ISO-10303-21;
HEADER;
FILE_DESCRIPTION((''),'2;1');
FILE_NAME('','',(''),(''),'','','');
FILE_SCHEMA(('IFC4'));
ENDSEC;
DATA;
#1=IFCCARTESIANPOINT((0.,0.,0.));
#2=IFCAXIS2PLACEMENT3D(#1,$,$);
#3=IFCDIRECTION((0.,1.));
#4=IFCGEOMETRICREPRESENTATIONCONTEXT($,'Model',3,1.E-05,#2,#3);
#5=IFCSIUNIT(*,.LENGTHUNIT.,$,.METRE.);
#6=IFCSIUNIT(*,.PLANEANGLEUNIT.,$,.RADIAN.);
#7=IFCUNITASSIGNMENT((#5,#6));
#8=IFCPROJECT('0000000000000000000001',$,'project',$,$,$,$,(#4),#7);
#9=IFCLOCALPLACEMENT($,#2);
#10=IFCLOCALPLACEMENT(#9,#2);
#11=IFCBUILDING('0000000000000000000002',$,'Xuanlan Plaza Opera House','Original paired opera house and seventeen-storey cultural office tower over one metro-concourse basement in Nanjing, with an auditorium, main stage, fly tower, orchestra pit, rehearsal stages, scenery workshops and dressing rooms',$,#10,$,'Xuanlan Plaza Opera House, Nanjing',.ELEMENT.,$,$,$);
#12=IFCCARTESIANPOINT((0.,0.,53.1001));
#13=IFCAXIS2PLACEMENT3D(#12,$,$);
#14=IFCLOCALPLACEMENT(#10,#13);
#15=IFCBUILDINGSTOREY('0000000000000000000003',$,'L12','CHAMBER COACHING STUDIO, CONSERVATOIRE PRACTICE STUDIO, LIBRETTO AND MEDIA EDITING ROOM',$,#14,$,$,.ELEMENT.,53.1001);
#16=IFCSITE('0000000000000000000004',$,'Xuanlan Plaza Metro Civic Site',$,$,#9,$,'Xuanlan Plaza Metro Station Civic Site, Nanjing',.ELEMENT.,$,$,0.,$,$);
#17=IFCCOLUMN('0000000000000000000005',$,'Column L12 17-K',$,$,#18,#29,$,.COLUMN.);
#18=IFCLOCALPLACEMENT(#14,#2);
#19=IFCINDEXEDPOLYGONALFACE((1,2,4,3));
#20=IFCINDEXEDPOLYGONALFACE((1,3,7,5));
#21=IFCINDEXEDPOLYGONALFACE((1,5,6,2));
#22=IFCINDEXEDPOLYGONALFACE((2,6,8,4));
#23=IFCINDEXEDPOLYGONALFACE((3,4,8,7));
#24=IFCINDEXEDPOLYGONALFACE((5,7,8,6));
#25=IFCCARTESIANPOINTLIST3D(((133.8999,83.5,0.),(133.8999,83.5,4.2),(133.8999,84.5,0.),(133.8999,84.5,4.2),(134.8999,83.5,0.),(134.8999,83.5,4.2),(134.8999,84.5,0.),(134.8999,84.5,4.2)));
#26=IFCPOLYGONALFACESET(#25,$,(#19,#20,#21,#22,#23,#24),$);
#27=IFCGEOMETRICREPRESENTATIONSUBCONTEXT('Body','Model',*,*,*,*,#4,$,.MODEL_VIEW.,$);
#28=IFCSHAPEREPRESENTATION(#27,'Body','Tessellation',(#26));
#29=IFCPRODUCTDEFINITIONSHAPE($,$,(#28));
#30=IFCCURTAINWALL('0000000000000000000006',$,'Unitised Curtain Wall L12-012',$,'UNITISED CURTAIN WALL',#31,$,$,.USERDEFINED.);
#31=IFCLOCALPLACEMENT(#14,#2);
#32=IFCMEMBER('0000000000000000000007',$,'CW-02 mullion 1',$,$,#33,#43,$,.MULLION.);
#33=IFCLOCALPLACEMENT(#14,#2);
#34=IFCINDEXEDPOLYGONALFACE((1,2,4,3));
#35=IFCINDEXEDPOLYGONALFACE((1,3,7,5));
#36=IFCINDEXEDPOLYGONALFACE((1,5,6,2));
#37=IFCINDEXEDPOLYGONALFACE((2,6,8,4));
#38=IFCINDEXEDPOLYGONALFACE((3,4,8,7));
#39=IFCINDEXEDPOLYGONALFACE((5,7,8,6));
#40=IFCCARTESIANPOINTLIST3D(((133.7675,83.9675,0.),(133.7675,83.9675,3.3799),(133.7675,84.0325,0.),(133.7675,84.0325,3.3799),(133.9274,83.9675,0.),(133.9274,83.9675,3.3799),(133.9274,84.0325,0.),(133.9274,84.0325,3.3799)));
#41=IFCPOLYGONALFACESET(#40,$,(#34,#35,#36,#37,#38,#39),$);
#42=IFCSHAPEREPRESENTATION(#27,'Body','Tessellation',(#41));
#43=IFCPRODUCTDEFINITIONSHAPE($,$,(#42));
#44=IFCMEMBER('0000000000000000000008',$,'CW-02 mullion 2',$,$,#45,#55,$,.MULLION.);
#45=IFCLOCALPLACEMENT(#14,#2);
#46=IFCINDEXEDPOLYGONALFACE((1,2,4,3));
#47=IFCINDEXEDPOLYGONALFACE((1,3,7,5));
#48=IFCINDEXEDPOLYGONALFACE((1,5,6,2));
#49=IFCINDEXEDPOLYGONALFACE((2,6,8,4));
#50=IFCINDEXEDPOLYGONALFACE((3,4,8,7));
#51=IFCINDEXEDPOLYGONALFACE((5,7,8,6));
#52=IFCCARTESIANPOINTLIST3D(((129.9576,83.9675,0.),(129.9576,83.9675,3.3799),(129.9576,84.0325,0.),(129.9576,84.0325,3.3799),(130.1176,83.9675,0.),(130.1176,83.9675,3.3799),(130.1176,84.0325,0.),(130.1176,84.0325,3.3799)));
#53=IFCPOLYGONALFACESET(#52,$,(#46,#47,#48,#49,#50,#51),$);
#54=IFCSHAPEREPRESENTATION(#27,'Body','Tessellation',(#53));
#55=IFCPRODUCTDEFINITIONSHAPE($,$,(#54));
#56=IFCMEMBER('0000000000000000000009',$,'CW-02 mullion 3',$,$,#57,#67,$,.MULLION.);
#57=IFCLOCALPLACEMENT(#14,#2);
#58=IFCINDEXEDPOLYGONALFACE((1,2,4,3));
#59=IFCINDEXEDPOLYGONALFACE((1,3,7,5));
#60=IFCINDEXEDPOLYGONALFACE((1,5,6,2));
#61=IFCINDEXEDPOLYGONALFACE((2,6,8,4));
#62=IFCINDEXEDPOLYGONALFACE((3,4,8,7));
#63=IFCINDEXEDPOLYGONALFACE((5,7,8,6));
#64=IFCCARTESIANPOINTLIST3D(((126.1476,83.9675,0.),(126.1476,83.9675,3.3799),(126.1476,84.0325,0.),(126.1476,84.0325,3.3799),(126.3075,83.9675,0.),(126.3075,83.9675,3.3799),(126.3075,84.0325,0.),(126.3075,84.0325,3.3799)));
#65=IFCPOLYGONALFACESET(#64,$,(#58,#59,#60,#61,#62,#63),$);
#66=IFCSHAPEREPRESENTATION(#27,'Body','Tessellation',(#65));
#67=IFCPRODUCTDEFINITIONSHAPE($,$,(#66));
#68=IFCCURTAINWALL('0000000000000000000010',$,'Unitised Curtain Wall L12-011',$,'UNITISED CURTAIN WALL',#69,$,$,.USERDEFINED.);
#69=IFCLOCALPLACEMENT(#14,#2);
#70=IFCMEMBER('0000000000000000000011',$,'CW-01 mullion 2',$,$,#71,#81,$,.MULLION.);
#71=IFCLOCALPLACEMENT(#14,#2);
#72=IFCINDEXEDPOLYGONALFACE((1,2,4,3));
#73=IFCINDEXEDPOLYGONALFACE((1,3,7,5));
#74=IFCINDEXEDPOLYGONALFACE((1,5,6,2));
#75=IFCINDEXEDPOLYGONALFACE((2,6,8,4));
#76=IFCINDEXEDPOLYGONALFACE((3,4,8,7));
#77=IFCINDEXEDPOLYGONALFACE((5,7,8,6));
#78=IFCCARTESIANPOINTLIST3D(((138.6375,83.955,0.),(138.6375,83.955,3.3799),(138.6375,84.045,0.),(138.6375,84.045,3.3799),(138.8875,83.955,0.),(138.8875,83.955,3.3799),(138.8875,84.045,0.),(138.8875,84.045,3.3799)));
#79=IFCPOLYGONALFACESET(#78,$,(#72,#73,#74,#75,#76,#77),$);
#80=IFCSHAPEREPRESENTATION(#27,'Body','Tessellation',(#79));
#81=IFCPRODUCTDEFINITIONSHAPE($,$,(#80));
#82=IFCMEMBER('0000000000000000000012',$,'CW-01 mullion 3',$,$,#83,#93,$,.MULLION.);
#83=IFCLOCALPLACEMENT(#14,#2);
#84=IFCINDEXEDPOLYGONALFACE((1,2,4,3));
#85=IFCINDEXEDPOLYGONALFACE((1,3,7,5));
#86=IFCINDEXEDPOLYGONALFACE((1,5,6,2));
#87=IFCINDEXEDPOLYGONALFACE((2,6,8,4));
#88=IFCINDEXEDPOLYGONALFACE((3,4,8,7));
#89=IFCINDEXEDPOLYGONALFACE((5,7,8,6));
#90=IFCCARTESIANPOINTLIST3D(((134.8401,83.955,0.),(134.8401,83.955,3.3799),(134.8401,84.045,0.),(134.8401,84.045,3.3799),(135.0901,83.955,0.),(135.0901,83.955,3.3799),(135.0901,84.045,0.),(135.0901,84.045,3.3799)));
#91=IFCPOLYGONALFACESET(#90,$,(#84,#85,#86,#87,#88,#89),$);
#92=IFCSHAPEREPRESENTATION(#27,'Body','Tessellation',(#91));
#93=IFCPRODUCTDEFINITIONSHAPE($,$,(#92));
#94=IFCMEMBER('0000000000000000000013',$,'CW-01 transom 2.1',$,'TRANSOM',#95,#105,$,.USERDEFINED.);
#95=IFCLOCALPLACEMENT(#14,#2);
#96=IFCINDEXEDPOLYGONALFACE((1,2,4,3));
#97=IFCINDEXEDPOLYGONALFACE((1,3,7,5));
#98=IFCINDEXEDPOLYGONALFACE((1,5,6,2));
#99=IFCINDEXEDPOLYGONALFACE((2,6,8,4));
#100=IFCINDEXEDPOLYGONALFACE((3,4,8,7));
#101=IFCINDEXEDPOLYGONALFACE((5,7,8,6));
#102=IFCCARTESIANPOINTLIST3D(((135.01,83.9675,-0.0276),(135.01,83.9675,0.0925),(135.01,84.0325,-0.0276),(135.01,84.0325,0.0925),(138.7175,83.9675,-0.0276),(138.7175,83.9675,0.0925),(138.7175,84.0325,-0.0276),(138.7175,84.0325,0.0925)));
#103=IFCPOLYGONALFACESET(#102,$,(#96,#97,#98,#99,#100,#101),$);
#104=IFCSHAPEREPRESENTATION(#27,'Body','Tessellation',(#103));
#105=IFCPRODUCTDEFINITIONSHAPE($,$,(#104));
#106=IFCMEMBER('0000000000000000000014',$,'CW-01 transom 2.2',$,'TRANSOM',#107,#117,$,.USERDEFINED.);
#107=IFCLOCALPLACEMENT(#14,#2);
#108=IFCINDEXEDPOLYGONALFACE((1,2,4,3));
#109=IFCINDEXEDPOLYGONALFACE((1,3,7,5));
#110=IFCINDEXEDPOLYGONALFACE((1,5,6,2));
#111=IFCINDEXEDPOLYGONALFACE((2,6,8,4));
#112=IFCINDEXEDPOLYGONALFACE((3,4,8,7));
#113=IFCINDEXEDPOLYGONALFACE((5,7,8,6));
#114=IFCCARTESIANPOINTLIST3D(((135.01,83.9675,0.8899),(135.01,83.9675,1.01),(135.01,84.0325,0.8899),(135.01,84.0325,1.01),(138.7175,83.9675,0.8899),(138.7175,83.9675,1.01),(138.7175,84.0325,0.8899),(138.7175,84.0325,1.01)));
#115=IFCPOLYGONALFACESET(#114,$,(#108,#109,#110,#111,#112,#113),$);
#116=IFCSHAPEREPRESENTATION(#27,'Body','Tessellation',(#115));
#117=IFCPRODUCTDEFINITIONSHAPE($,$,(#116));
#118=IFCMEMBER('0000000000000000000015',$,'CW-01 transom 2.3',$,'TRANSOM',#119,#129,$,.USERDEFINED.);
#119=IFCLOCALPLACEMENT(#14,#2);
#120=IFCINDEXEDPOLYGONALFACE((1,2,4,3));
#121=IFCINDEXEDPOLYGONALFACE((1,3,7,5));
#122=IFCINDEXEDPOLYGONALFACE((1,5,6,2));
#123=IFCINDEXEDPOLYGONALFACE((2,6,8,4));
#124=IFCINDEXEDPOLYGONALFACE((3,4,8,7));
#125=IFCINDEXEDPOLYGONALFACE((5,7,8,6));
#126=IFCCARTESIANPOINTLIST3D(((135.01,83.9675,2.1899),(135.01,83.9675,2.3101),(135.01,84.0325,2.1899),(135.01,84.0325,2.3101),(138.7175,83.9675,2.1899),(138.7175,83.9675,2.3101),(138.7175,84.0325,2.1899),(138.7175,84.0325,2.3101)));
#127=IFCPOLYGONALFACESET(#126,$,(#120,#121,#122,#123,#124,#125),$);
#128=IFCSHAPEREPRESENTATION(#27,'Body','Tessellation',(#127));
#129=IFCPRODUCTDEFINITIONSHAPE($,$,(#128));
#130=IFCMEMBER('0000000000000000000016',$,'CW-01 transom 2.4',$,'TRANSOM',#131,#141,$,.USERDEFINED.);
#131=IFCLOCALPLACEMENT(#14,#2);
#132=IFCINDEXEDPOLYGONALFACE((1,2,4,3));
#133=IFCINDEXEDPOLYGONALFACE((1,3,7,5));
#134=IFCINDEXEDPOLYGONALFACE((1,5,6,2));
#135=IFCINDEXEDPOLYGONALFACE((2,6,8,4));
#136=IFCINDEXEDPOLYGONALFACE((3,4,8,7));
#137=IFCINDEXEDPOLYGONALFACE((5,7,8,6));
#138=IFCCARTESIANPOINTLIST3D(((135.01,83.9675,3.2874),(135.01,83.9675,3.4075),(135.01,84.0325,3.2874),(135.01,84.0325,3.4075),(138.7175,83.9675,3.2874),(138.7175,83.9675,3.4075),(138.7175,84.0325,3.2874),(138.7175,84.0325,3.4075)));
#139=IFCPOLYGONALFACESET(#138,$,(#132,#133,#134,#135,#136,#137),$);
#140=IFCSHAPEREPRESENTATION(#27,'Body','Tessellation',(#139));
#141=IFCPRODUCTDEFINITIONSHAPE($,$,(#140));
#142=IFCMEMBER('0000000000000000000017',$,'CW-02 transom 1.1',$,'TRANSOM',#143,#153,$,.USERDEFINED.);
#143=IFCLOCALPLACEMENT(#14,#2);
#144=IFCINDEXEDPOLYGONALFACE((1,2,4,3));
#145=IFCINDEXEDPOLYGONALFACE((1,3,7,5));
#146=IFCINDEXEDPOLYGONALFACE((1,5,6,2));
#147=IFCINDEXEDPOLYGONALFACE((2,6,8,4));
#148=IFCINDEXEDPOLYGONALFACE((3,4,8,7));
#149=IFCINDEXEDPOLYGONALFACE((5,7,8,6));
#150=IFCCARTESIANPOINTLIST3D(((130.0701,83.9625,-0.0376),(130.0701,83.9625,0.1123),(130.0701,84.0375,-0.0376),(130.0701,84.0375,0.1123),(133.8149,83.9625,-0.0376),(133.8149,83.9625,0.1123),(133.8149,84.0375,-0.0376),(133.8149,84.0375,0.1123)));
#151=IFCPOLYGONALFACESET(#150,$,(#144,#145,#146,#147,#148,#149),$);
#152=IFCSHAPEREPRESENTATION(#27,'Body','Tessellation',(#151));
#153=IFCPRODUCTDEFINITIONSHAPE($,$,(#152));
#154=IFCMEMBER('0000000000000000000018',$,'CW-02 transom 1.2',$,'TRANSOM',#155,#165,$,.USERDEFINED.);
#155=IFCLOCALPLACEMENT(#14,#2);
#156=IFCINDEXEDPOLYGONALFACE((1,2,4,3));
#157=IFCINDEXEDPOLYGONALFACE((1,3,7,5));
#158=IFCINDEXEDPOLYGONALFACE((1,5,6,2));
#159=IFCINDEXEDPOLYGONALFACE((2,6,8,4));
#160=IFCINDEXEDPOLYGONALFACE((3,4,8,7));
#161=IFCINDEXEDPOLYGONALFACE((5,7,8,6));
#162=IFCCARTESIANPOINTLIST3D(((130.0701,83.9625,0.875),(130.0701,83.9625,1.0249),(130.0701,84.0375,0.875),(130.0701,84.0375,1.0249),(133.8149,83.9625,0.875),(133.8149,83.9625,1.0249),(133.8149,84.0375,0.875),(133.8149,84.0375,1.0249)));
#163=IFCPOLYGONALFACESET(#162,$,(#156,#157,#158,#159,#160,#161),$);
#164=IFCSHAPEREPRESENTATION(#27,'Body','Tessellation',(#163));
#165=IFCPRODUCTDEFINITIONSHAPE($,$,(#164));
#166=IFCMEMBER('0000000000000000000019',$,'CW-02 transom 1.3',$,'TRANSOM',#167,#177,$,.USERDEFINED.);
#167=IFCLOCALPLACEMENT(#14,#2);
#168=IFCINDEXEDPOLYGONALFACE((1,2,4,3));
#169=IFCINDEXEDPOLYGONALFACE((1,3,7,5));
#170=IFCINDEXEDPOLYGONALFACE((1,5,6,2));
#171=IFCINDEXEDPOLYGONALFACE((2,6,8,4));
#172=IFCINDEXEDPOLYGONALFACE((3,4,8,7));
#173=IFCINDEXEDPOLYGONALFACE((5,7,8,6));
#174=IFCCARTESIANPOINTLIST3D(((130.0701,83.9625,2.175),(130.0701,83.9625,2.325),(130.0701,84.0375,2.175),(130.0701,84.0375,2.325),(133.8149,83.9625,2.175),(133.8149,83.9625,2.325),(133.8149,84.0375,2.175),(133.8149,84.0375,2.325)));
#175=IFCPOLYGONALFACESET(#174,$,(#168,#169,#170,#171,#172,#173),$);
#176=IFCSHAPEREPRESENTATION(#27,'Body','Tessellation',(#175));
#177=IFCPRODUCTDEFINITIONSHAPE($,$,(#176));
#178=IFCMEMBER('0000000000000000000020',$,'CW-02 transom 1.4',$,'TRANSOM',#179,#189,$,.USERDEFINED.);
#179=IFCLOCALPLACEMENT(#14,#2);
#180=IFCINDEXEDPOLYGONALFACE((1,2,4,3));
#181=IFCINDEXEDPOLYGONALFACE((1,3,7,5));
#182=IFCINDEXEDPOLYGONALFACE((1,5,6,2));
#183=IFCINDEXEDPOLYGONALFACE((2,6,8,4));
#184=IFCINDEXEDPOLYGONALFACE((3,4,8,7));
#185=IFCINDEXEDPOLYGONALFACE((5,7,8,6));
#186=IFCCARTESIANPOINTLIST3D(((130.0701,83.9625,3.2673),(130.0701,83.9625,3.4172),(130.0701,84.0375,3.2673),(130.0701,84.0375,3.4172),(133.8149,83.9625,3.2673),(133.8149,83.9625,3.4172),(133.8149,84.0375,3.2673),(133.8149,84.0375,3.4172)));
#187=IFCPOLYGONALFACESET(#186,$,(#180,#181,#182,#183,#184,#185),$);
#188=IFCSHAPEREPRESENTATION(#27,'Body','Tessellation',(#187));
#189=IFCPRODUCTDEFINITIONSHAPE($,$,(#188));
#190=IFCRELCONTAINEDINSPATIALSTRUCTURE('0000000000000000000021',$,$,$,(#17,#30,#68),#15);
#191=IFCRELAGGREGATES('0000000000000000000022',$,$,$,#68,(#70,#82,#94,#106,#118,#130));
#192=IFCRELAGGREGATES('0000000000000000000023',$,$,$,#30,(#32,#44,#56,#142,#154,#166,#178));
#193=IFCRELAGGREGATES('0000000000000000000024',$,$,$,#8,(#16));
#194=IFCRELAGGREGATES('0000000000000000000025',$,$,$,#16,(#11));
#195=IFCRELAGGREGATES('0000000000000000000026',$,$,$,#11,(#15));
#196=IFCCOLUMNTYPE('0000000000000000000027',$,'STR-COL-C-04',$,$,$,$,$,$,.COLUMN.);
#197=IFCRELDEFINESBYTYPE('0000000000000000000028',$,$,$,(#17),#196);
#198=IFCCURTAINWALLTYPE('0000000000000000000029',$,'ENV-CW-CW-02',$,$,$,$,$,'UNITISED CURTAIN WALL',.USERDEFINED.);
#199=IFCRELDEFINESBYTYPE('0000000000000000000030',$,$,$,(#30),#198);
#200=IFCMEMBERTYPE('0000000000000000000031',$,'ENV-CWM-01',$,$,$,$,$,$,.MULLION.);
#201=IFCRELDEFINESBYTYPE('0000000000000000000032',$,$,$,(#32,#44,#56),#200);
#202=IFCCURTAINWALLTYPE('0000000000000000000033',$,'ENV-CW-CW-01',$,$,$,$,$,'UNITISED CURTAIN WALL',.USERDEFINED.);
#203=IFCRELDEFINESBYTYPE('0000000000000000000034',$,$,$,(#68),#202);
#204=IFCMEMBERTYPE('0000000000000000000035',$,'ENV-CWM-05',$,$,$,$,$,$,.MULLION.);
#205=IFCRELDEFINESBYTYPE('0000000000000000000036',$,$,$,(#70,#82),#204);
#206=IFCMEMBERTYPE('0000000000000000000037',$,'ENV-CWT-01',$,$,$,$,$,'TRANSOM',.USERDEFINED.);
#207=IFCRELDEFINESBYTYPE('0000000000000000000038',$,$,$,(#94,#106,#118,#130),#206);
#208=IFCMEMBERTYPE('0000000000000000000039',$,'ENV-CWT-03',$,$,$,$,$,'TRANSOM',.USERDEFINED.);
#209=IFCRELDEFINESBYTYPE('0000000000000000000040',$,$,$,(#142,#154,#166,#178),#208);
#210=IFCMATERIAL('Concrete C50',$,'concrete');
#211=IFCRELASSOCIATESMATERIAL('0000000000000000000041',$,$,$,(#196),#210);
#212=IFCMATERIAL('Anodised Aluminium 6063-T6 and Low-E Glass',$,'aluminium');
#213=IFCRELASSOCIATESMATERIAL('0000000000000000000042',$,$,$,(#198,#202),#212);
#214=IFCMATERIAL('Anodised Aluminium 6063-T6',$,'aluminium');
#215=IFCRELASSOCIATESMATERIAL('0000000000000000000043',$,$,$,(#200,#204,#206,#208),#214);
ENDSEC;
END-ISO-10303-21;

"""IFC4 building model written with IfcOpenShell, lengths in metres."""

from ifc_helpers import new_model, si_unit, direction, frame, origin, origin_2d, place, context, subcontext, project, spatial, rectangle, extrude, material, material_profile, profile_set, type_object, element, aggregate, save


model = new_model("IFC4")

# Units and contexts
model_context = context("Model", 3, precision=1e-05, world=origin(), true_north=direction((0.0, 1.0)))
body_context = subcontext(model_context, "Body", "Model", "MODEL_VIEW")
ifc_project = project(units=[si_unit("LENGTHUNIT", "METRE"), si_unit("PLANEANGLEUNIT", "RADIAN")], contexts=[model_context])

# Site, building, storey
site_placement = place(None, origin())
site = spatial("IfcSite", under=ifc_project, at=site_placement, Name="Xuanlan Plaza Metro Civic Site", LongName="Xuanlan Plaza Metro Station Civic Site, Nanjing", CompositionType="ELEMENT", RefElevation=0.0)
building_placement = place(site_placement, origin())
building = spatial("IfcBuilding", under=site, at=building_placement, Name="Xuanlan Plaza Opera House", Description="Original paired opera house and seventeen-storey cultural office tower over one metro-concourse basement in Nanjing, with an auditorium, main stage, fly tower, orchestra pit, rehearsal stages, scenery workshops and dressing rooms", LongName="Xuanlan Plaza Opera House, Nanjing", CompositionType="ELEMENT")
storey_placement = place(building_placement, frame((0.0, 0.0, 53.1001)))
storey = spatial("IfcBuildingStorey", under=building, at=storey_placement, Name="L12", Description="CHAMBER COACHING STUDIO, CONSERVATOIRE PRACTICE STUDIO, LIBRETTO AND MEDIA EDITING ROOM", CompositionType="ELEMENT", Elevation=53.1001)

# Column
ifc_material_1 = material(Name="Concrete C50", Category="concrete")
ifc_material_profile_1 = material_profile(ifc_material_1, rectangle(XDim=1.0, YDim=1.0, at=origin_2d()), Name="RC-COL 1000x1000")
ifc_profile_set_1 = profile_set([ifc_material_profile_1], Name="Concrete C50")
column_type = type_object("IfcColumnType", Name="STR-COL-C-04", PredefinedType="COLUMN", material=ifc_profile_set_1)
column_placement = place(storey_placement, frame((134.3999, 84.0, 0.0), z_axis=(0.0, 0.0, 1.0), x_axis=(1.0, 0.0, 0.0)))
element("IfcColumn", 1, at=column_placement, inside=storey, type_object=column_type, Name="Column L12 17-K", PredefinedType="COLUMN", context=body_context, shape_type="SweptSolid", body=[
    extrude(rectangle(XDim=1.0, YDim=1.0, at=origin_2d()), origin(), (0.0, 0.0, 1.0), 4.2),
])

# Curtain walls, members
ifc_material_2 = material(Name="Anodised Aluminium 6063-T6 and Low-E Glass", Category="aluminium")
curtain_wall_type_1 = type_object("IfcCurtainWallType", Name="ENV-CW-CW-02", ElementType="UNITISED CURTAIN WALL", PredefinedType="USERDEFINED", material=ifc_material_2)
curtain_wall_1_placement = place(storey_placement, origin())
curtain_wall_1 = element("IfcCurtainWall", 2, at=curtain_wall_1_placement, inside=storey, type_object=curtain_wall_type_1, Name="Unitised Curtain Wall L12-012", ObjectType="UNITISED CURTAIN WALL", PredefinedType="USERDEFINED")
ifc_material_3 = material(Name="Anodised Aluminium 6063-T6", Category="aluminium")
ifc_material_profile_2 = material_profile(ifc_material_3, rectangle(XDim=0.0649, YDim=0.1599, at=origin_2d()), Name="ALU-M 65x160")
ifc_profile_set_2 = profile_set([ifc_material_profile_2], Name="Anodised Aluminium 6063-T6")
member_type_1 = type_object("IfcMemberType", Name="ENV-CWM-01", PredefinedType="MULLION", material=ifc_profile_set_2)
member_1_placement = place(storey_placement, frame((133.8474, 84.0, 0.0), z_axis=(0.0, 0.0, 1.0), x_axis=(0.0, -1.0, 0.0)))
member_1 = element("IfcMember", 3, at=member_1_placement, type_object=member_type_1, Name="CW-02 mullion 1", PredefinedType="MULLION", context=body_context, shape_type="SweptSolid", body=[
    extrude(rectangle(XDim=0.0649, YDim=0.1599, at=origin_2d()), origin(), (0.0, 0.0, 1.0), 3.3799),
])
member_2_placement = place(storey_placement, frame((130.0376, 84.0, 0.0), z_axis=(0.0, 0.0, 1.0), x_axis=(0.0, -1.0, 0.0)))
member_2 = element("IfcMember", 4, at=member_2_placement, type_object=member_type_1, Name="CW-02 mullion 2", PredefinedType="MULLION", context=body_context, shape_type="SweptSolid", body=[
    extrude(rectangle(XDim=0.0649, YDim=0.1599, at=origin_2d()), origin(), (0.0, 0.0, 1.0), 3.3799),
])
member_3_placement = place(storey_placement, frame((126.2275, 84.0, 0.0), z_axis=(0.0, 0.0, 1.0), x_axis=(0.0, -1.0, 0.0)))
member_3 = element("IfcMember", 5, at=member_3_placement, type_object=member_type_1, Name="CW-02 mullion 3", PredefinedType="MULLION", context=body_context, shape_type="SweptSolid", body=[
    extrude(rectangle(XDim=0.0649, YDim=0.1599, at=origin_2d()), origin(), (0.0, 0.0, 1.0), 3.3799),
])
curtain_wall_type_2 = type_object("IfcCurtainWallType", Name="ENV-CW-CW-01", ElementType="UNITISED CURTAIN WALL", PredefinedType="USERDEFINED", material=ifc_material_2)
curtain_wall_2_placement = place(storey_placement, origin())
curtain_wall_2 = element("IfcCurtainWall", 6, at=curtain_wall_2_placement, inside=storey, type_object=curtain_wall_type_2, Name="Unitised Curtain Wall L12-011", ObjectType="UNITISED CURTAIN WALL", PredefinedType="USERDEFINED")
ifc_material_profile_3 = material_profile(ifc_material_3, rectangle(XDim=0.0901, YDim=0.25, at=origin_2d()), Name="ALU-M 90x250")
ifc_profile_set_3 = profile_set([ifc_material_profile_3], Name="Anodised Aluminium 6063-T6")
member_type_2 = type_object("IfcMemberType", Name="ENV-CWM-05", PredefinedType="MULLION", material=ifc_profile_set_3)
member_4_placement = place(storey_placement, frame((138.7625, 84.0, 0.0), z_axis=(0.0, 0.0, 1.0), x_axis=(0.0, -1.0, 0.0)))
member_4 = element("IfcMember", 7, at=member_4_placement, type_object=member_type_2, Name="CW-01 mullion 2", PredefinedType="MULLION", context=body_context, shape_type="SweptSolid", body=[
    extrude(rectangle(XDim=0.0901, YDim=0.25, at=origin_2d()), origin(), (0.0, 0.0, 1.0), 3.3799),
])
member_5_placement = place(storey_placement, frame((134.9651, 84.0, 0.0), z_axis=(0.0, 0.0, 1.0), x_axis=(0.0, -1.0, 0.0)))
member_5 = element("IfcMember", 8, at=member_5_placement, type_object=member_type_2, Name="CW-01 mullion 3", PredefinedType="MULLION", context=body_context, shape_type="SweptSolid", body=[
    extrude(rectangle(XDim=0.0901, YDim=0.25, at=origin_2d()), origin(), (0.0, 0.0, 1.0), 3.3799),
])
ifc_material_profile_4 = material_profile(ifc_material_3, rectangle(XDim=0.0649, YDim=0.1201, at=origin_2d()), Name="ALU-T 65x120")
ifc_profile_set_4 = profile_set([ifc_material_profile_4], Name="Anodised Aluminium 6063-T6")
member_type_3 = type_object("IfcMemberType", Name="ENV-CWT-01", ElementType="TRANSOM", PredefinedType="USERDEFINED", material=ifc_profile_set_4)
member_6_placement = place(storey_placement, frame((138.7175, 84.0, 0.0325), z_axis=(-1.0, 0.0, 0.0), x_axis=(0.0, -1.0, 0.0)))
member_6 = element("IfcMember", 9, at=member_6_placement, type_object=member_type_3, Name="CW-01 transom 2.1", ObjectType="TRANSOM", PredefinedType="USERDEFINED", context=body_context, shape_type="SweptSolid", body=[
    extrude(rectangle(XDim=0.0649, YDim=0.1201, at=origin_2d()), origin(), (0.0, 0.0, 1.0), 3.7075),
])
member_7_placement = place(storey_placement, frame((138.7175, 84.0, 0.95), z_axis=(-1.0, 0.0, 0.0), x_axis=(0.0, -1.0, 0.0)))
member_7 = element("IfcMember", 10, at=member_7_placement, type_object=member_type_3, Name="CW-01 transom 2.2", ObjectType="TRANSOM", PredefinedType="USERDEFINED", context=body_context, shape_type="SweptSolid", body=[
    extrude(rectangle(XDim=0.0649, YDim=0.1201, at=origin_2d()), origin(), (0.0, 0.0, 1.0), 3.7075),
])
member_8_placement = place(storey_placement, frame((138.7175, 84.0, 2.25), z_axis=(-1.0, 0.0, 0.0), x_axis=(0.0, -1.0, 0.0)))
member_8 = element("IfcMember", 11, at=member_8_placement, type_object=member_type_3, Name="CW-01 transom 2.3", ObjectType="TRANSOM", PredefinedType="USERDEFINED", context=body_context, shape_type="SweptSolid", body=[
    extrude(rectangle(XDim=0.0649, YDim=0.1201, at=origin_2d()), origin(), (0.0, 0.0, 1.0), 3.7075),
])
member_9_placement = place(storey_placement, frame((138.7175, 84.0, 3.3474), z_axis=(-1.0, 0.0, 0.0), x_axis=(0.0, -1.0, 0.0)))
member_9 = element("IfcMember", 12, at=member_9_placement, type_object=member_type_3, Name="CW-01 transom 2.4", ObjectType="TRANSOM", PredefinedType="USERDEFINED", context=body_context, shape_type="SweptSolid", body=[
    extrude(rectangle(XDim=0.0649, YDim=0.1201, at=origin_2d()), origin(), (0.0, 0.0, 1.0), 3.7075),
])

# Members
ifc_material_profile_5 = material_profile(ifc_material_3, rectangle(XDim=0.075, YDim=0.1499, at=origin_2d()), Name="ALU-T 75x150")
ifc_profile_set_5 = profile_set([ifc_material_profile_5], Name="Anodised Aluminium 6063-T6")
member_type_4 = type_object("IfcMemberType", Name="ENV-CWT-03", ElementType="TRANSOM", PredefinedType="USERDEFINED", material=ifc_profile_set_5)
member_10_placement = place(storey_placement, frame((133.8149, 84.0, 0.0374), z_axis=(-1.0, 0.0, 0.0), x_axis=(0.0, -1.0, 0.0)))
member_10 = element("IfcMember", 13, at=member_10_placement, type_object=member_type_4, Name="CW-02 transom 1.1", ObjectType="TRANSOM", PredefinedType="USERDEFINED", context=body_context, shape_type="SweptSolid", body=[
    extrude(rectangle(XDim=0.075, YDim=0.1499, at=origin_2d()), origin(), (0.0, 0.0, 1.0), 3.7449),
])
member_11_placement = place(storey_placement, frame((133.8149, 84.0, 0.95), z_axis=(-1.0, 0.0, 0.0), x_axis=(0.0, -1.0, 0.0)))
member_11 = element("IfcMember", 14, at=member_11_placement, type_object=member_type_4, Name="CW-02 transom 1.2", ObjectType="TRANSOM", PredefinedType="USERDEFINED", context=body_context, shape_type="SweptSolid", body=[
    extrude(rectangle(XDim=0.075, YDim=0.1499, at=origin_2d()), origin(), (0.0, 0.0, 1.0), 3.7449),
])
member_12_placement = place(storey_placement, frame((133.8149, 84.0, 2.25), z_axis=(-1.0, 0.0, 0.0), x_axis=(0.0, -1.0, 0.0)))
member_12 = element("IfcMember", 15, at=member_12_placement, type_object=member_type_4, Name="CW-02 transom 1.3", ObjectType="TRANSOM", PredefinedType="USERDEFINED", context=body_context, shape_type="SweptSolid", body=[
    extrude(rectangle(XDim=0.075, YDim=0.1499, at=origin_2d()), origin(), (0.0, 0.0, 1.0), 3.7449),
])
member_13_placement = place(storey_placement, frame((133.8149, 84.0, 3.3423), z_axis=(-1.0, 0.0, 0.0), x_axis=(0.0, -1.0, 0.0)))
member_13 = element("IfcMember", 16, at=member_13_placement, type_object=member_type_4, Name="CW-02 transom 1.4", ObjectType="TRANSOM", PredefinedType="USERDEFINED", context=body_context, shape_type="SweptSolid", body=[
    extrude(rectangle(XDim=0.075, YDim=0.1499, at=origin_2d()), origin(), (0.0, 0.0, 1.0), 3.7449),
])

aggregate(curtain_wall_2, [member_4, member_5, member_6, member_7, member_8, member_9])
aggregate(curtain_wall_1, [member_1, member_2, member_3, member_10, member_11, member_12, member_13])

save(model, "model.ifc")
